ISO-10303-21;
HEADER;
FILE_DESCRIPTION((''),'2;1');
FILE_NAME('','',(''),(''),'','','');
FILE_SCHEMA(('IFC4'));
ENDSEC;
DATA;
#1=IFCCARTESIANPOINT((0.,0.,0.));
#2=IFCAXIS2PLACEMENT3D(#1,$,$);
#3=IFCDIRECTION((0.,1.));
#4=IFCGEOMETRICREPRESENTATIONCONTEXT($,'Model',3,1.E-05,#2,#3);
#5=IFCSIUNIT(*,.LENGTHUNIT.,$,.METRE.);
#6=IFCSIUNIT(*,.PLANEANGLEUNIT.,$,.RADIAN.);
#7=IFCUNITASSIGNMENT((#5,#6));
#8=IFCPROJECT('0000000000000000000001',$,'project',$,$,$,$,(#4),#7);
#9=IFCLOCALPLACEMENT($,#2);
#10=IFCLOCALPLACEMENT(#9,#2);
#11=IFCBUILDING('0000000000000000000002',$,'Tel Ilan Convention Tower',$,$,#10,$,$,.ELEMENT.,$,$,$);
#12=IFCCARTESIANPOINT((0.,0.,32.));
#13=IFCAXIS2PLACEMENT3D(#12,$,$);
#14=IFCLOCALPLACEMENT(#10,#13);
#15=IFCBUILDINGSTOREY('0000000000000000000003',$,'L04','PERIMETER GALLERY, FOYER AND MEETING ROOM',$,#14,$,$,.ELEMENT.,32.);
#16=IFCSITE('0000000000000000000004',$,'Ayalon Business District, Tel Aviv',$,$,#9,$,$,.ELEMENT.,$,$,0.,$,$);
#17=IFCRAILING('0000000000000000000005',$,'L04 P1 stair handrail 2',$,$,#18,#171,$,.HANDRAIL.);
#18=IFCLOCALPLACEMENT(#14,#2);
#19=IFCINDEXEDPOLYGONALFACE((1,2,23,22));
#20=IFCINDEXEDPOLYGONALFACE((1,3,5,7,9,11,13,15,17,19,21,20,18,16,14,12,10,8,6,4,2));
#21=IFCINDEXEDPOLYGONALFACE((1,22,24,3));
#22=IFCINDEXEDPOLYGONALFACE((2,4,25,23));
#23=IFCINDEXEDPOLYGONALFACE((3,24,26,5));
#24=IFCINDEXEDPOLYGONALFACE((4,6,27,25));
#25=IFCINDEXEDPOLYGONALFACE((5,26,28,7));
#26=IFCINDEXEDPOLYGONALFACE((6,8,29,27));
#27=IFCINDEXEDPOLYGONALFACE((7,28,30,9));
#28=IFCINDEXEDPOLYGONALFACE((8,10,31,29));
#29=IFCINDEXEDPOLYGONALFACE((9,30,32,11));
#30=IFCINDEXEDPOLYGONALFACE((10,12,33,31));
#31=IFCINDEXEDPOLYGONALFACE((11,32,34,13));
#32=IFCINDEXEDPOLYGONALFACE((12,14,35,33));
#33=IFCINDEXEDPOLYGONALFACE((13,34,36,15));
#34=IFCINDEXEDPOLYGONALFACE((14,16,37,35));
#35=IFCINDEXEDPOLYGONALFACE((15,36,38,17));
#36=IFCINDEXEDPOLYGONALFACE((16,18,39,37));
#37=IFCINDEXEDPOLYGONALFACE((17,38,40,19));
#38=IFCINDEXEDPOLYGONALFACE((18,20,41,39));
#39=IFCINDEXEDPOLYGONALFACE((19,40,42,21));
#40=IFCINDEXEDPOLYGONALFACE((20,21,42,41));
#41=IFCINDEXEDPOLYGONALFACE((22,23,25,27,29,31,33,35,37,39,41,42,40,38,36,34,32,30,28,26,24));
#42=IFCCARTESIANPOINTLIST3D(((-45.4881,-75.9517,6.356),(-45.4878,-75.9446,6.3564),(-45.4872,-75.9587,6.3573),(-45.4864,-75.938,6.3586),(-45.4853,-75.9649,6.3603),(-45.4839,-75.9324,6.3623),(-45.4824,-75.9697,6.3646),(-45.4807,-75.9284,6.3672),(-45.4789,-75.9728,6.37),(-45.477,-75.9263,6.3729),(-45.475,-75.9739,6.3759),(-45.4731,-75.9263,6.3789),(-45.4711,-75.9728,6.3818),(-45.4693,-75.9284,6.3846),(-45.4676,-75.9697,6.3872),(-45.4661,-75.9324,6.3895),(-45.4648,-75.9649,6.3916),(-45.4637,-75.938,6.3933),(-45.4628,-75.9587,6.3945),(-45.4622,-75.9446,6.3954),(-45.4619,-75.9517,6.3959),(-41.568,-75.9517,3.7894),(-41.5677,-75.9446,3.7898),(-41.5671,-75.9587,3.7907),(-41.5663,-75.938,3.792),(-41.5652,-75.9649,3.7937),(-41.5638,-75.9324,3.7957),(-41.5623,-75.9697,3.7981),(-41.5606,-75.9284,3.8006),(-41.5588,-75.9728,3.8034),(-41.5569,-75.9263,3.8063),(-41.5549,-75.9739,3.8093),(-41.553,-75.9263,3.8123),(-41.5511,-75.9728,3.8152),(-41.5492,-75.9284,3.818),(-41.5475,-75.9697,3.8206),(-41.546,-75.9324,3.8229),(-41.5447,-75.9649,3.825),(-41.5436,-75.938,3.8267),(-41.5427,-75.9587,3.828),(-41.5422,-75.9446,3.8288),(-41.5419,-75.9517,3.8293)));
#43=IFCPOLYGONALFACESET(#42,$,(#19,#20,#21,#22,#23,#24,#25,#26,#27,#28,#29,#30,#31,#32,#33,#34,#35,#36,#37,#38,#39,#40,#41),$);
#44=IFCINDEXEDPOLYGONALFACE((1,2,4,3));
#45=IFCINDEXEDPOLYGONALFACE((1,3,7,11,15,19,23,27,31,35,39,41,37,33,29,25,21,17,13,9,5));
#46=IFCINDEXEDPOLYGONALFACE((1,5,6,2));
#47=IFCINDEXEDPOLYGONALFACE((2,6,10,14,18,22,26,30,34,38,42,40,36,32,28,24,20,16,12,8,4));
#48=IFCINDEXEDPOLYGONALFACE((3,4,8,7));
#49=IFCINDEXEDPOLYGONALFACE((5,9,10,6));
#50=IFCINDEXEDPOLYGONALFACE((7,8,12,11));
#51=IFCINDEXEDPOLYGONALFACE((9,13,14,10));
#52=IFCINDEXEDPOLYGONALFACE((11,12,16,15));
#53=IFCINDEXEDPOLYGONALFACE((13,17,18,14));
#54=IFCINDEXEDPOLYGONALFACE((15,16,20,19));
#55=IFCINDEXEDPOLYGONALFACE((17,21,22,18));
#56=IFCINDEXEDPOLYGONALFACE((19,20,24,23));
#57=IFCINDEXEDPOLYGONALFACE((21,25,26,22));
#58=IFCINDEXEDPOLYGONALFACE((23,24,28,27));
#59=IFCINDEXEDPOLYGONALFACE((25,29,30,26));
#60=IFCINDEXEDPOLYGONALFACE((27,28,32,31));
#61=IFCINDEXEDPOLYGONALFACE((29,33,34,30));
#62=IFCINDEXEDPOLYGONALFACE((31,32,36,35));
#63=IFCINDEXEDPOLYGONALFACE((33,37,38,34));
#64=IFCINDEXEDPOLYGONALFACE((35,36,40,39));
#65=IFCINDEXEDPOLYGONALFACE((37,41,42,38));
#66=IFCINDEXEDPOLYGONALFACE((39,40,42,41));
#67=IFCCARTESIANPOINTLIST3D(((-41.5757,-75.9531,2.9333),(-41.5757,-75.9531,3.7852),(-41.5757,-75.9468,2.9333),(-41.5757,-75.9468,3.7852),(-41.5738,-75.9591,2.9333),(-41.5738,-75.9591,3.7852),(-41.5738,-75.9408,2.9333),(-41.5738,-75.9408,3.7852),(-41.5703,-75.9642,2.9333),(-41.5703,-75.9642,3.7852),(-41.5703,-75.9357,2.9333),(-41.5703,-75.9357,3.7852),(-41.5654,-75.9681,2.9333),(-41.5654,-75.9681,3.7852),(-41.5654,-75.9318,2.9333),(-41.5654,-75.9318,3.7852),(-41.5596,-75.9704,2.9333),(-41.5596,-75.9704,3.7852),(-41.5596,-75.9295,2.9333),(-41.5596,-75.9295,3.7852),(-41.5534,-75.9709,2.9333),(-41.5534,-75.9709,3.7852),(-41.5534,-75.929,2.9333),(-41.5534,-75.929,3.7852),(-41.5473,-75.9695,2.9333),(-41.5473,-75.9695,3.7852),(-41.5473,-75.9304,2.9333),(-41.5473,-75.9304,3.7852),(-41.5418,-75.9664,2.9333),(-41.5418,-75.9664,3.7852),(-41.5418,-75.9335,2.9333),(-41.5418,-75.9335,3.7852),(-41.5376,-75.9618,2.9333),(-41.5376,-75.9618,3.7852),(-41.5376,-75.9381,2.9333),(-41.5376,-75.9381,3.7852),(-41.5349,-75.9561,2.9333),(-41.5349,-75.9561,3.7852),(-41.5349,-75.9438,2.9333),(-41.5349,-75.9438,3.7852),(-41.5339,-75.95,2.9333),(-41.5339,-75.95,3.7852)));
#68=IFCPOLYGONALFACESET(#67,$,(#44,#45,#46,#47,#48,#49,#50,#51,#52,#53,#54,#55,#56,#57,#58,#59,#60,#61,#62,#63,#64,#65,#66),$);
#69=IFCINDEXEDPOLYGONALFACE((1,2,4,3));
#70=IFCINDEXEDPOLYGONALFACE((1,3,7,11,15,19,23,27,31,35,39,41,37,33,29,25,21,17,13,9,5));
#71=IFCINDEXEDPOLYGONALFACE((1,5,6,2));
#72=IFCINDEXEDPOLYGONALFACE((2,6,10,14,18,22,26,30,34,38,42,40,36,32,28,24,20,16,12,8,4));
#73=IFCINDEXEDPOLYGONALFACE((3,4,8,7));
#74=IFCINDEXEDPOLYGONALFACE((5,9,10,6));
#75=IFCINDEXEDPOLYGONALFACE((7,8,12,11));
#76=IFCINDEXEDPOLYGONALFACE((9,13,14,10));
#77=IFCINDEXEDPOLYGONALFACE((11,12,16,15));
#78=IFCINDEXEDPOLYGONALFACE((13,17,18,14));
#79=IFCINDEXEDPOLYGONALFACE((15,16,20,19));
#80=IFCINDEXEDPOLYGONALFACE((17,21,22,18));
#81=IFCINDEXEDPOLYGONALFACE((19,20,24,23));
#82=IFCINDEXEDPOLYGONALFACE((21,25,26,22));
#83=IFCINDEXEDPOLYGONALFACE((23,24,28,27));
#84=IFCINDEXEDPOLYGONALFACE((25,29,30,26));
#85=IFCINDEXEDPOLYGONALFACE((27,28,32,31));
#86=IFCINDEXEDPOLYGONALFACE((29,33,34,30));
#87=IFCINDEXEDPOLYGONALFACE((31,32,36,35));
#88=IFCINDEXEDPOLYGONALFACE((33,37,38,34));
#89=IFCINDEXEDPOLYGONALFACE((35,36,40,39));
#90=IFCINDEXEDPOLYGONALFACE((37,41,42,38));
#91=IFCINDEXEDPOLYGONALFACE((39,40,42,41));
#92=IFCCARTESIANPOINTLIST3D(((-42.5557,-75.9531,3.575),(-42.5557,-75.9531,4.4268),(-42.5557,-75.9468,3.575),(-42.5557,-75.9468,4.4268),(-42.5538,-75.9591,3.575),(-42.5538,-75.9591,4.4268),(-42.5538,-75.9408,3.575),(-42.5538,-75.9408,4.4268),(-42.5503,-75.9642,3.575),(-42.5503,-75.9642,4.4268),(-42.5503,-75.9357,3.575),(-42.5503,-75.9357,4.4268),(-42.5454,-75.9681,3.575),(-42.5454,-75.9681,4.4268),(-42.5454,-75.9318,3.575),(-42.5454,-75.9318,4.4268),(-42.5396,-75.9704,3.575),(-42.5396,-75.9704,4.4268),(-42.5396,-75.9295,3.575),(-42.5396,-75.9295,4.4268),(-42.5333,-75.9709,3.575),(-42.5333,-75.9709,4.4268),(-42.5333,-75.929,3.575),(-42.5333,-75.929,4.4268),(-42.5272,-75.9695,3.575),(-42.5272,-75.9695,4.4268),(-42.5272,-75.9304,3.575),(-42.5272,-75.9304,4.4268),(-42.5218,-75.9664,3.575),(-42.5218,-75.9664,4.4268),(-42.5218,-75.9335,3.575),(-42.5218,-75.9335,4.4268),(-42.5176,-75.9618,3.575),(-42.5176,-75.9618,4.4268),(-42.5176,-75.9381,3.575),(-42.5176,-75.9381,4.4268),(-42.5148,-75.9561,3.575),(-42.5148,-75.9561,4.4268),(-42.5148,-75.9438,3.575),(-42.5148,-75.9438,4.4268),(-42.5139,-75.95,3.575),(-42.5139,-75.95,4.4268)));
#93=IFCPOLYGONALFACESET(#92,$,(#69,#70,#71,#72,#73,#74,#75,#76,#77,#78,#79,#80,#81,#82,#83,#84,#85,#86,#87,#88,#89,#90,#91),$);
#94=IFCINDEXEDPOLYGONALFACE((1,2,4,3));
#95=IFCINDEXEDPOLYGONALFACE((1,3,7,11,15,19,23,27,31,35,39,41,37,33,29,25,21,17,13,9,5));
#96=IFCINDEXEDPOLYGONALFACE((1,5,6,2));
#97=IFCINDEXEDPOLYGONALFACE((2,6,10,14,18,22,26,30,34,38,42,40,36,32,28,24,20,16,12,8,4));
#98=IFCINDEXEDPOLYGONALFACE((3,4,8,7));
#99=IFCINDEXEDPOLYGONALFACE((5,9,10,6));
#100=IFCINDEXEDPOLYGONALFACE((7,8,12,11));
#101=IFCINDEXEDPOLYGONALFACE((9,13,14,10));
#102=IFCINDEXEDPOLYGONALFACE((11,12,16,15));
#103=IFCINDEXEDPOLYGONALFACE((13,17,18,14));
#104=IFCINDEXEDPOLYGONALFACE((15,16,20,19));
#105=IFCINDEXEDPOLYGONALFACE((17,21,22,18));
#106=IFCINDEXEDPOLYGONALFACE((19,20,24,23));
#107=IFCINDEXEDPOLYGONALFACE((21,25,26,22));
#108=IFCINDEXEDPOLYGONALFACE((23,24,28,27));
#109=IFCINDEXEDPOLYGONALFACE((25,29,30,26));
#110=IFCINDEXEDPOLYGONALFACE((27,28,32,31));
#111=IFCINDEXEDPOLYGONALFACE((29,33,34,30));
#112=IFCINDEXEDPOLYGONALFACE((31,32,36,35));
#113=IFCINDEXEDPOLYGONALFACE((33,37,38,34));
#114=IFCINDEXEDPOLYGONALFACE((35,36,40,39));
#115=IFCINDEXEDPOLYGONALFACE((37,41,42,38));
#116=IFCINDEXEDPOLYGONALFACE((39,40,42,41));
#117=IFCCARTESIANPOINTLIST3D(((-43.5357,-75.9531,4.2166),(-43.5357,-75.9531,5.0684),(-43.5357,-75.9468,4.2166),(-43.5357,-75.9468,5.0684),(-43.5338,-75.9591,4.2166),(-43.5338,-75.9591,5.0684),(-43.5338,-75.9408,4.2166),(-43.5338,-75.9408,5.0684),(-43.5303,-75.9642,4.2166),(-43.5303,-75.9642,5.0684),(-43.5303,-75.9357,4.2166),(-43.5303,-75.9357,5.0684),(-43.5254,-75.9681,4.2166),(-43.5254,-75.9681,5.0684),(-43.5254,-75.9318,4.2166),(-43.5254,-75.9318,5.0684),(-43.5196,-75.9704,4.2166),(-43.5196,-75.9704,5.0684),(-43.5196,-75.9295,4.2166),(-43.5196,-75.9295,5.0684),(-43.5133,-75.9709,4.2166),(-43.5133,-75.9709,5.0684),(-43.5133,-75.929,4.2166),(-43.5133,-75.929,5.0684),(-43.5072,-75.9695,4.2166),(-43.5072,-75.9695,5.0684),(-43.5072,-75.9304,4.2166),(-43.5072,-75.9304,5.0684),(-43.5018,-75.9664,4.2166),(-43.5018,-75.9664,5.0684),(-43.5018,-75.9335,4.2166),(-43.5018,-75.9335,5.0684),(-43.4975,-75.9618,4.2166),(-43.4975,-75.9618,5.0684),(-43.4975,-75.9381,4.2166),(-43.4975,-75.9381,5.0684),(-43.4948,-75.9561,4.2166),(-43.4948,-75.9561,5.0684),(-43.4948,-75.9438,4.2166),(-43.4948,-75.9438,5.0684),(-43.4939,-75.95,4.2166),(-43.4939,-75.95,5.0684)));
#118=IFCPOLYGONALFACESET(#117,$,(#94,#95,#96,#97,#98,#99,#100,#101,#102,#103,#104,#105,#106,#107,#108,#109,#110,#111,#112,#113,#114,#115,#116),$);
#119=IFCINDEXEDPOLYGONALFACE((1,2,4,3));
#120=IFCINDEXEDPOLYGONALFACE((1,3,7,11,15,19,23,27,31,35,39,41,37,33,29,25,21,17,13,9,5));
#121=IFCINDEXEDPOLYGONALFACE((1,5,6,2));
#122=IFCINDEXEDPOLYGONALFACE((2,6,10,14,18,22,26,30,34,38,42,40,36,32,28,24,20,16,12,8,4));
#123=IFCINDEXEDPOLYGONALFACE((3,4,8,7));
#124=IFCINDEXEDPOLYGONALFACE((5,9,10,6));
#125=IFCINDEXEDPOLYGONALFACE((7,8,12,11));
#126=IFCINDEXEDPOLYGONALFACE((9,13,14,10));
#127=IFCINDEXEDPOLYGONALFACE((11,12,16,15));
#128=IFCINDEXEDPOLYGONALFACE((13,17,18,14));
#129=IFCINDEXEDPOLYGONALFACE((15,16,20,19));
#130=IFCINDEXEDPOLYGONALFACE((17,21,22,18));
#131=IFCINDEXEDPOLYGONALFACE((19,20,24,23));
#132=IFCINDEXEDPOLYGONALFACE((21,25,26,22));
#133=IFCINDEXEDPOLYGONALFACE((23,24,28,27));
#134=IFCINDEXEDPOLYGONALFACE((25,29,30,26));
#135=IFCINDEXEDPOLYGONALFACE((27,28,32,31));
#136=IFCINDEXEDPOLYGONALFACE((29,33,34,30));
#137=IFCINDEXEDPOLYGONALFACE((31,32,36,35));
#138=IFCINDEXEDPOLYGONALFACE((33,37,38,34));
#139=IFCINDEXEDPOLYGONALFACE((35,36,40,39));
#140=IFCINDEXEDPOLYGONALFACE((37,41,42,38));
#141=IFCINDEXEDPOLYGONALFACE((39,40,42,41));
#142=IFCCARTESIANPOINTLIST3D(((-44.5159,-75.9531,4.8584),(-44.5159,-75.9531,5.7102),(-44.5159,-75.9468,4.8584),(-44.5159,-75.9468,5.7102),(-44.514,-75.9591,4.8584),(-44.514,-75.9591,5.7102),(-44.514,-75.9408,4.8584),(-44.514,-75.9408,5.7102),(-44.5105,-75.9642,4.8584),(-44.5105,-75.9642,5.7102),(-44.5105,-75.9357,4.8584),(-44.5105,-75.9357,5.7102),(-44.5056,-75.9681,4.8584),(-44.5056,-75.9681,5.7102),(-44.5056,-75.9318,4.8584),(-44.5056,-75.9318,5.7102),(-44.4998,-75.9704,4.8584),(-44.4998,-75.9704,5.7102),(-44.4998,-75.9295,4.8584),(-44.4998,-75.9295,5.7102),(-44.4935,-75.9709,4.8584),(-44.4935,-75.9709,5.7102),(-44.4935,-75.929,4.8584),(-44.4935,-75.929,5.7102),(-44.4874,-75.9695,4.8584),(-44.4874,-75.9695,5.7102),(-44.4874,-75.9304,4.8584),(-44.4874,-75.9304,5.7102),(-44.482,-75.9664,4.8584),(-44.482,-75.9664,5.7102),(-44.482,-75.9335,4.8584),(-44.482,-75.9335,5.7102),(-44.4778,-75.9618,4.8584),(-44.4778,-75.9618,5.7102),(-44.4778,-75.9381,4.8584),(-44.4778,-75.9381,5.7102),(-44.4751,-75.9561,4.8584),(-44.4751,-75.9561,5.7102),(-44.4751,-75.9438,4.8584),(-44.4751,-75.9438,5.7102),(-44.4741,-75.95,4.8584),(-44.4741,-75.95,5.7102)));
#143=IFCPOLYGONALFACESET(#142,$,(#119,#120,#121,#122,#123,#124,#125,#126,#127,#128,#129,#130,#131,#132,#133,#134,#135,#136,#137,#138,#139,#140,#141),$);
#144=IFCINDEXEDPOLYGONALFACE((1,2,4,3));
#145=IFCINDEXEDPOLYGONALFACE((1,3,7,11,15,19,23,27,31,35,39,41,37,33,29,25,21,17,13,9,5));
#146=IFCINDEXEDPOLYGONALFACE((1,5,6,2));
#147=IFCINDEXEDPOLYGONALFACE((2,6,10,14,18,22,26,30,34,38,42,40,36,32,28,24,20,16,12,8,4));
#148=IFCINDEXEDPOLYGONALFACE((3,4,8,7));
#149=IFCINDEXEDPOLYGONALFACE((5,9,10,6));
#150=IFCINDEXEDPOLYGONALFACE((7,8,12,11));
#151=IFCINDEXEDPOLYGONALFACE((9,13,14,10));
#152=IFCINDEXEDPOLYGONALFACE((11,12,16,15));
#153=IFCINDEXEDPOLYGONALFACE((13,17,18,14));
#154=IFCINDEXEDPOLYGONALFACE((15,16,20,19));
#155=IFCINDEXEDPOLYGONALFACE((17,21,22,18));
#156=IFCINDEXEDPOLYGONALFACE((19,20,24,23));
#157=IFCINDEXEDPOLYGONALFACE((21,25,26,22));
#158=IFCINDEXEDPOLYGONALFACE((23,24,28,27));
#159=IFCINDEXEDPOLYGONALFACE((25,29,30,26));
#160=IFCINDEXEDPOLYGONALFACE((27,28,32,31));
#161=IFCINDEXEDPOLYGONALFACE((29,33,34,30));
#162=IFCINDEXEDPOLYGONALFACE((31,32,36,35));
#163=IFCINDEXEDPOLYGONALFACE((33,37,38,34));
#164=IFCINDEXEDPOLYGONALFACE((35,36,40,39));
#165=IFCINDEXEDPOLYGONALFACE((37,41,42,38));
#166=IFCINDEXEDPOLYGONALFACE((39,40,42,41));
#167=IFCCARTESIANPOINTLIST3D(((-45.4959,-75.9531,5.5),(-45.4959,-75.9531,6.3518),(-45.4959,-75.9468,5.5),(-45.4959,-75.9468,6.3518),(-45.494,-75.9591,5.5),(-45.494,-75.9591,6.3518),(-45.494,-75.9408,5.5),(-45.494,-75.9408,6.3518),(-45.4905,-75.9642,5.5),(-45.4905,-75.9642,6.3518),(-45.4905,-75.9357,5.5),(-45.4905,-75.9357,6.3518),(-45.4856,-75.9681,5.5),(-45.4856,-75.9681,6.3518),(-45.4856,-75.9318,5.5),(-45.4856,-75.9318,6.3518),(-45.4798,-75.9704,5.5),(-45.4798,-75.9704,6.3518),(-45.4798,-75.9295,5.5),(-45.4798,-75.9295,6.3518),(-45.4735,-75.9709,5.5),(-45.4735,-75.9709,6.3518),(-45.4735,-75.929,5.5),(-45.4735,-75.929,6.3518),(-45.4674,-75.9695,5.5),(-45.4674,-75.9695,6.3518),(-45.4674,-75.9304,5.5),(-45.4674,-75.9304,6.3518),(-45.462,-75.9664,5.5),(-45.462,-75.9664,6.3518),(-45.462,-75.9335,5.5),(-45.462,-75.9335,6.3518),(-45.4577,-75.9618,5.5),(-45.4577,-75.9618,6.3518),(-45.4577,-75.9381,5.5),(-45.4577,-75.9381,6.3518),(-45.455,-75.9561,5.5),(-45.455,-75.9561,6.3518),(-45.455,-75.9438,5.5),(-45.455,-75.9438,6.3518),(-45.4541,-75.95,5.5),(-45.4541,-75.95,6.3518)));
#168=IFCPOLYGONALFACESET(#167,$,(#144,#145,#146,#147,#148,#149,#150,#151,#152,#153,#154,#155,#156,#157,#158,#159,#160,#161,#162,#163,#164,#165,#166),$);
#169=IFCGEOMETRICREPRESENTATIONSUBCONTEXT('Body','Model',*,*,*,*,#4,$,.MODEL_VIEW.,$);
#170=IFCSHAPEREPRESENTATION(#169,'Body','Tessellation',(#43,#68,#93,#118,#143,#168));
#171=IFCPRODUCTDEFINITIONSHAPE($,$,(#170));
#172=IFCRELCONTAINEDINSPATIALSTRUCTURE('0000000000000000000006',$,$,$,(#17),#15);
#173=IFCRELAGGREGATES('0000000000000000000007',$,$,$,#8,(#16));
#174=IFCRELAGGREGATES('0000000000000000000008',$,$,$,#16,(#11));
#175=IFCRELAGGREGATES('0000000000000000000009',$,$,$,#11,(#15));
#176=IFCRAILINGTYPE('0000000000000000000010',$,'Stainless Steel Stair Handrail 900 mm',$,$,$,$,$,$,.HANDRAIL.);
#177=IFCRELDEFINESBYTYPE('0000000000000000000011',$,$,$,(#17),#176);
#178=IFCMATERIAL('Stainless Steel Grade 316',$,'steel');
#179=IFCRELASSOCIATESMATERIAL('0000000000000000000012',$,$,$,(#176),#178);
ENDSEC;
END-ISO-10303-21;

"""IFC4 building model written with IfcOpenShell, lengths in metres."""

from ifc_helpers import new_model, si_unit, direction, frame, origin, origin_2d, place, context, subcontext, project, spatial, circle, extrude, material, type_object, element, save


model = new_model("IFC4")

# Units and contexts
model_context = context("Model", 3, precision=1e-05, world=origin(), true_north=direction((0.0, 1.0)))
body_context = subcontext(model_context, "Body", "Model", "MODEL_VIEW")
ifc_project = project(units=[si_unit("LENGTHUNIT", "METRE"), si_unit("PLANEANGLEUNIT", "RADIAN")], contexts=[model_context])

# Site, building, storey
site_placement = place(None, origin())
site = spatial("IfcSite", under=ifc_project, at=site_placement, Name="Ayalon Business District, Tel Aviv", CompositionType="ELEMENT", RefElevation=0.0)
building_placement = place(site_placement, origin())
building = spatial("IfcBuilding", under=site, at=building_placement, Name="Tel Ilan Convention Tower", CompositionType="ELEMENT")
storey_placement = place(building_placement, frame((0.0, 0.0, 32.0)))
storey = spatial("IfcBuildingStorey", under=building, at=storey_placement, Name="L04", Description="PERIMETER GALLERY, FOYER AND MEETING ROOM", CompositionType="ELEMENT", Elevation=32.0)

# Railing
ifc_material_1 = material(Name="Stainless Steel Grade 316", Category="steel")
railing_type_1 = type_object("IfcRailingType", Name="Stainless Steel Stair Handrail 900 mm", PredefinedType="HANDRAIL", material=ifc_material_1)
railing_1_placement = place(storey_placement, frame((-41.5549, -75.95, 2.9333)))
element("IfcRailing", 1, at=railing_1_placement, inside=storey, type_object=railing_type_1, Name="L04 P1 stair handrail 2", PredefinedType="HANDRAIL", context=body_context, shape_type="SweptSolid", body=[
    extrude(circle(Radius=0.0239, at=origin_2d()), frame((0.0, 0.0, 0.876), z_axis=(-0.836631, 0.0, 0.547767), x_axis=(0.0, -1.0, 0.0)), (0.0, 0.0, 1.0), 4.6855),
    extrude(circle(Radius=0.021, at=origin_2d()), origin(), (0.0, 0.0, 1.0), 0.8518),
    extrude(circle(Radius=0.021, at=origin_2d()), frame((-0.98, 0.0, 0.6416)), (0.0, 0.0, 1.0), 0.8518),
    extrude(circle(Radius=0.021, at=origin_2d()), frame((-1.96, 0.0, 1.2832)), (0.0, 0.0, 1.0), 0.8518),
    extrude(circle(Radius=0.021, at=origin_2d()), frame((-2.9402, 0.0, 1.925)), (0.0, 0.0, 1.0), 0.8518),
    extrude(circle(Radius=0.021, at=origin_2d()), frame((-3.9202, 0.0, 2.5667)), (0.0, 0.0, 1.0), 0.8518),
])

save(model, "model.ifc")
